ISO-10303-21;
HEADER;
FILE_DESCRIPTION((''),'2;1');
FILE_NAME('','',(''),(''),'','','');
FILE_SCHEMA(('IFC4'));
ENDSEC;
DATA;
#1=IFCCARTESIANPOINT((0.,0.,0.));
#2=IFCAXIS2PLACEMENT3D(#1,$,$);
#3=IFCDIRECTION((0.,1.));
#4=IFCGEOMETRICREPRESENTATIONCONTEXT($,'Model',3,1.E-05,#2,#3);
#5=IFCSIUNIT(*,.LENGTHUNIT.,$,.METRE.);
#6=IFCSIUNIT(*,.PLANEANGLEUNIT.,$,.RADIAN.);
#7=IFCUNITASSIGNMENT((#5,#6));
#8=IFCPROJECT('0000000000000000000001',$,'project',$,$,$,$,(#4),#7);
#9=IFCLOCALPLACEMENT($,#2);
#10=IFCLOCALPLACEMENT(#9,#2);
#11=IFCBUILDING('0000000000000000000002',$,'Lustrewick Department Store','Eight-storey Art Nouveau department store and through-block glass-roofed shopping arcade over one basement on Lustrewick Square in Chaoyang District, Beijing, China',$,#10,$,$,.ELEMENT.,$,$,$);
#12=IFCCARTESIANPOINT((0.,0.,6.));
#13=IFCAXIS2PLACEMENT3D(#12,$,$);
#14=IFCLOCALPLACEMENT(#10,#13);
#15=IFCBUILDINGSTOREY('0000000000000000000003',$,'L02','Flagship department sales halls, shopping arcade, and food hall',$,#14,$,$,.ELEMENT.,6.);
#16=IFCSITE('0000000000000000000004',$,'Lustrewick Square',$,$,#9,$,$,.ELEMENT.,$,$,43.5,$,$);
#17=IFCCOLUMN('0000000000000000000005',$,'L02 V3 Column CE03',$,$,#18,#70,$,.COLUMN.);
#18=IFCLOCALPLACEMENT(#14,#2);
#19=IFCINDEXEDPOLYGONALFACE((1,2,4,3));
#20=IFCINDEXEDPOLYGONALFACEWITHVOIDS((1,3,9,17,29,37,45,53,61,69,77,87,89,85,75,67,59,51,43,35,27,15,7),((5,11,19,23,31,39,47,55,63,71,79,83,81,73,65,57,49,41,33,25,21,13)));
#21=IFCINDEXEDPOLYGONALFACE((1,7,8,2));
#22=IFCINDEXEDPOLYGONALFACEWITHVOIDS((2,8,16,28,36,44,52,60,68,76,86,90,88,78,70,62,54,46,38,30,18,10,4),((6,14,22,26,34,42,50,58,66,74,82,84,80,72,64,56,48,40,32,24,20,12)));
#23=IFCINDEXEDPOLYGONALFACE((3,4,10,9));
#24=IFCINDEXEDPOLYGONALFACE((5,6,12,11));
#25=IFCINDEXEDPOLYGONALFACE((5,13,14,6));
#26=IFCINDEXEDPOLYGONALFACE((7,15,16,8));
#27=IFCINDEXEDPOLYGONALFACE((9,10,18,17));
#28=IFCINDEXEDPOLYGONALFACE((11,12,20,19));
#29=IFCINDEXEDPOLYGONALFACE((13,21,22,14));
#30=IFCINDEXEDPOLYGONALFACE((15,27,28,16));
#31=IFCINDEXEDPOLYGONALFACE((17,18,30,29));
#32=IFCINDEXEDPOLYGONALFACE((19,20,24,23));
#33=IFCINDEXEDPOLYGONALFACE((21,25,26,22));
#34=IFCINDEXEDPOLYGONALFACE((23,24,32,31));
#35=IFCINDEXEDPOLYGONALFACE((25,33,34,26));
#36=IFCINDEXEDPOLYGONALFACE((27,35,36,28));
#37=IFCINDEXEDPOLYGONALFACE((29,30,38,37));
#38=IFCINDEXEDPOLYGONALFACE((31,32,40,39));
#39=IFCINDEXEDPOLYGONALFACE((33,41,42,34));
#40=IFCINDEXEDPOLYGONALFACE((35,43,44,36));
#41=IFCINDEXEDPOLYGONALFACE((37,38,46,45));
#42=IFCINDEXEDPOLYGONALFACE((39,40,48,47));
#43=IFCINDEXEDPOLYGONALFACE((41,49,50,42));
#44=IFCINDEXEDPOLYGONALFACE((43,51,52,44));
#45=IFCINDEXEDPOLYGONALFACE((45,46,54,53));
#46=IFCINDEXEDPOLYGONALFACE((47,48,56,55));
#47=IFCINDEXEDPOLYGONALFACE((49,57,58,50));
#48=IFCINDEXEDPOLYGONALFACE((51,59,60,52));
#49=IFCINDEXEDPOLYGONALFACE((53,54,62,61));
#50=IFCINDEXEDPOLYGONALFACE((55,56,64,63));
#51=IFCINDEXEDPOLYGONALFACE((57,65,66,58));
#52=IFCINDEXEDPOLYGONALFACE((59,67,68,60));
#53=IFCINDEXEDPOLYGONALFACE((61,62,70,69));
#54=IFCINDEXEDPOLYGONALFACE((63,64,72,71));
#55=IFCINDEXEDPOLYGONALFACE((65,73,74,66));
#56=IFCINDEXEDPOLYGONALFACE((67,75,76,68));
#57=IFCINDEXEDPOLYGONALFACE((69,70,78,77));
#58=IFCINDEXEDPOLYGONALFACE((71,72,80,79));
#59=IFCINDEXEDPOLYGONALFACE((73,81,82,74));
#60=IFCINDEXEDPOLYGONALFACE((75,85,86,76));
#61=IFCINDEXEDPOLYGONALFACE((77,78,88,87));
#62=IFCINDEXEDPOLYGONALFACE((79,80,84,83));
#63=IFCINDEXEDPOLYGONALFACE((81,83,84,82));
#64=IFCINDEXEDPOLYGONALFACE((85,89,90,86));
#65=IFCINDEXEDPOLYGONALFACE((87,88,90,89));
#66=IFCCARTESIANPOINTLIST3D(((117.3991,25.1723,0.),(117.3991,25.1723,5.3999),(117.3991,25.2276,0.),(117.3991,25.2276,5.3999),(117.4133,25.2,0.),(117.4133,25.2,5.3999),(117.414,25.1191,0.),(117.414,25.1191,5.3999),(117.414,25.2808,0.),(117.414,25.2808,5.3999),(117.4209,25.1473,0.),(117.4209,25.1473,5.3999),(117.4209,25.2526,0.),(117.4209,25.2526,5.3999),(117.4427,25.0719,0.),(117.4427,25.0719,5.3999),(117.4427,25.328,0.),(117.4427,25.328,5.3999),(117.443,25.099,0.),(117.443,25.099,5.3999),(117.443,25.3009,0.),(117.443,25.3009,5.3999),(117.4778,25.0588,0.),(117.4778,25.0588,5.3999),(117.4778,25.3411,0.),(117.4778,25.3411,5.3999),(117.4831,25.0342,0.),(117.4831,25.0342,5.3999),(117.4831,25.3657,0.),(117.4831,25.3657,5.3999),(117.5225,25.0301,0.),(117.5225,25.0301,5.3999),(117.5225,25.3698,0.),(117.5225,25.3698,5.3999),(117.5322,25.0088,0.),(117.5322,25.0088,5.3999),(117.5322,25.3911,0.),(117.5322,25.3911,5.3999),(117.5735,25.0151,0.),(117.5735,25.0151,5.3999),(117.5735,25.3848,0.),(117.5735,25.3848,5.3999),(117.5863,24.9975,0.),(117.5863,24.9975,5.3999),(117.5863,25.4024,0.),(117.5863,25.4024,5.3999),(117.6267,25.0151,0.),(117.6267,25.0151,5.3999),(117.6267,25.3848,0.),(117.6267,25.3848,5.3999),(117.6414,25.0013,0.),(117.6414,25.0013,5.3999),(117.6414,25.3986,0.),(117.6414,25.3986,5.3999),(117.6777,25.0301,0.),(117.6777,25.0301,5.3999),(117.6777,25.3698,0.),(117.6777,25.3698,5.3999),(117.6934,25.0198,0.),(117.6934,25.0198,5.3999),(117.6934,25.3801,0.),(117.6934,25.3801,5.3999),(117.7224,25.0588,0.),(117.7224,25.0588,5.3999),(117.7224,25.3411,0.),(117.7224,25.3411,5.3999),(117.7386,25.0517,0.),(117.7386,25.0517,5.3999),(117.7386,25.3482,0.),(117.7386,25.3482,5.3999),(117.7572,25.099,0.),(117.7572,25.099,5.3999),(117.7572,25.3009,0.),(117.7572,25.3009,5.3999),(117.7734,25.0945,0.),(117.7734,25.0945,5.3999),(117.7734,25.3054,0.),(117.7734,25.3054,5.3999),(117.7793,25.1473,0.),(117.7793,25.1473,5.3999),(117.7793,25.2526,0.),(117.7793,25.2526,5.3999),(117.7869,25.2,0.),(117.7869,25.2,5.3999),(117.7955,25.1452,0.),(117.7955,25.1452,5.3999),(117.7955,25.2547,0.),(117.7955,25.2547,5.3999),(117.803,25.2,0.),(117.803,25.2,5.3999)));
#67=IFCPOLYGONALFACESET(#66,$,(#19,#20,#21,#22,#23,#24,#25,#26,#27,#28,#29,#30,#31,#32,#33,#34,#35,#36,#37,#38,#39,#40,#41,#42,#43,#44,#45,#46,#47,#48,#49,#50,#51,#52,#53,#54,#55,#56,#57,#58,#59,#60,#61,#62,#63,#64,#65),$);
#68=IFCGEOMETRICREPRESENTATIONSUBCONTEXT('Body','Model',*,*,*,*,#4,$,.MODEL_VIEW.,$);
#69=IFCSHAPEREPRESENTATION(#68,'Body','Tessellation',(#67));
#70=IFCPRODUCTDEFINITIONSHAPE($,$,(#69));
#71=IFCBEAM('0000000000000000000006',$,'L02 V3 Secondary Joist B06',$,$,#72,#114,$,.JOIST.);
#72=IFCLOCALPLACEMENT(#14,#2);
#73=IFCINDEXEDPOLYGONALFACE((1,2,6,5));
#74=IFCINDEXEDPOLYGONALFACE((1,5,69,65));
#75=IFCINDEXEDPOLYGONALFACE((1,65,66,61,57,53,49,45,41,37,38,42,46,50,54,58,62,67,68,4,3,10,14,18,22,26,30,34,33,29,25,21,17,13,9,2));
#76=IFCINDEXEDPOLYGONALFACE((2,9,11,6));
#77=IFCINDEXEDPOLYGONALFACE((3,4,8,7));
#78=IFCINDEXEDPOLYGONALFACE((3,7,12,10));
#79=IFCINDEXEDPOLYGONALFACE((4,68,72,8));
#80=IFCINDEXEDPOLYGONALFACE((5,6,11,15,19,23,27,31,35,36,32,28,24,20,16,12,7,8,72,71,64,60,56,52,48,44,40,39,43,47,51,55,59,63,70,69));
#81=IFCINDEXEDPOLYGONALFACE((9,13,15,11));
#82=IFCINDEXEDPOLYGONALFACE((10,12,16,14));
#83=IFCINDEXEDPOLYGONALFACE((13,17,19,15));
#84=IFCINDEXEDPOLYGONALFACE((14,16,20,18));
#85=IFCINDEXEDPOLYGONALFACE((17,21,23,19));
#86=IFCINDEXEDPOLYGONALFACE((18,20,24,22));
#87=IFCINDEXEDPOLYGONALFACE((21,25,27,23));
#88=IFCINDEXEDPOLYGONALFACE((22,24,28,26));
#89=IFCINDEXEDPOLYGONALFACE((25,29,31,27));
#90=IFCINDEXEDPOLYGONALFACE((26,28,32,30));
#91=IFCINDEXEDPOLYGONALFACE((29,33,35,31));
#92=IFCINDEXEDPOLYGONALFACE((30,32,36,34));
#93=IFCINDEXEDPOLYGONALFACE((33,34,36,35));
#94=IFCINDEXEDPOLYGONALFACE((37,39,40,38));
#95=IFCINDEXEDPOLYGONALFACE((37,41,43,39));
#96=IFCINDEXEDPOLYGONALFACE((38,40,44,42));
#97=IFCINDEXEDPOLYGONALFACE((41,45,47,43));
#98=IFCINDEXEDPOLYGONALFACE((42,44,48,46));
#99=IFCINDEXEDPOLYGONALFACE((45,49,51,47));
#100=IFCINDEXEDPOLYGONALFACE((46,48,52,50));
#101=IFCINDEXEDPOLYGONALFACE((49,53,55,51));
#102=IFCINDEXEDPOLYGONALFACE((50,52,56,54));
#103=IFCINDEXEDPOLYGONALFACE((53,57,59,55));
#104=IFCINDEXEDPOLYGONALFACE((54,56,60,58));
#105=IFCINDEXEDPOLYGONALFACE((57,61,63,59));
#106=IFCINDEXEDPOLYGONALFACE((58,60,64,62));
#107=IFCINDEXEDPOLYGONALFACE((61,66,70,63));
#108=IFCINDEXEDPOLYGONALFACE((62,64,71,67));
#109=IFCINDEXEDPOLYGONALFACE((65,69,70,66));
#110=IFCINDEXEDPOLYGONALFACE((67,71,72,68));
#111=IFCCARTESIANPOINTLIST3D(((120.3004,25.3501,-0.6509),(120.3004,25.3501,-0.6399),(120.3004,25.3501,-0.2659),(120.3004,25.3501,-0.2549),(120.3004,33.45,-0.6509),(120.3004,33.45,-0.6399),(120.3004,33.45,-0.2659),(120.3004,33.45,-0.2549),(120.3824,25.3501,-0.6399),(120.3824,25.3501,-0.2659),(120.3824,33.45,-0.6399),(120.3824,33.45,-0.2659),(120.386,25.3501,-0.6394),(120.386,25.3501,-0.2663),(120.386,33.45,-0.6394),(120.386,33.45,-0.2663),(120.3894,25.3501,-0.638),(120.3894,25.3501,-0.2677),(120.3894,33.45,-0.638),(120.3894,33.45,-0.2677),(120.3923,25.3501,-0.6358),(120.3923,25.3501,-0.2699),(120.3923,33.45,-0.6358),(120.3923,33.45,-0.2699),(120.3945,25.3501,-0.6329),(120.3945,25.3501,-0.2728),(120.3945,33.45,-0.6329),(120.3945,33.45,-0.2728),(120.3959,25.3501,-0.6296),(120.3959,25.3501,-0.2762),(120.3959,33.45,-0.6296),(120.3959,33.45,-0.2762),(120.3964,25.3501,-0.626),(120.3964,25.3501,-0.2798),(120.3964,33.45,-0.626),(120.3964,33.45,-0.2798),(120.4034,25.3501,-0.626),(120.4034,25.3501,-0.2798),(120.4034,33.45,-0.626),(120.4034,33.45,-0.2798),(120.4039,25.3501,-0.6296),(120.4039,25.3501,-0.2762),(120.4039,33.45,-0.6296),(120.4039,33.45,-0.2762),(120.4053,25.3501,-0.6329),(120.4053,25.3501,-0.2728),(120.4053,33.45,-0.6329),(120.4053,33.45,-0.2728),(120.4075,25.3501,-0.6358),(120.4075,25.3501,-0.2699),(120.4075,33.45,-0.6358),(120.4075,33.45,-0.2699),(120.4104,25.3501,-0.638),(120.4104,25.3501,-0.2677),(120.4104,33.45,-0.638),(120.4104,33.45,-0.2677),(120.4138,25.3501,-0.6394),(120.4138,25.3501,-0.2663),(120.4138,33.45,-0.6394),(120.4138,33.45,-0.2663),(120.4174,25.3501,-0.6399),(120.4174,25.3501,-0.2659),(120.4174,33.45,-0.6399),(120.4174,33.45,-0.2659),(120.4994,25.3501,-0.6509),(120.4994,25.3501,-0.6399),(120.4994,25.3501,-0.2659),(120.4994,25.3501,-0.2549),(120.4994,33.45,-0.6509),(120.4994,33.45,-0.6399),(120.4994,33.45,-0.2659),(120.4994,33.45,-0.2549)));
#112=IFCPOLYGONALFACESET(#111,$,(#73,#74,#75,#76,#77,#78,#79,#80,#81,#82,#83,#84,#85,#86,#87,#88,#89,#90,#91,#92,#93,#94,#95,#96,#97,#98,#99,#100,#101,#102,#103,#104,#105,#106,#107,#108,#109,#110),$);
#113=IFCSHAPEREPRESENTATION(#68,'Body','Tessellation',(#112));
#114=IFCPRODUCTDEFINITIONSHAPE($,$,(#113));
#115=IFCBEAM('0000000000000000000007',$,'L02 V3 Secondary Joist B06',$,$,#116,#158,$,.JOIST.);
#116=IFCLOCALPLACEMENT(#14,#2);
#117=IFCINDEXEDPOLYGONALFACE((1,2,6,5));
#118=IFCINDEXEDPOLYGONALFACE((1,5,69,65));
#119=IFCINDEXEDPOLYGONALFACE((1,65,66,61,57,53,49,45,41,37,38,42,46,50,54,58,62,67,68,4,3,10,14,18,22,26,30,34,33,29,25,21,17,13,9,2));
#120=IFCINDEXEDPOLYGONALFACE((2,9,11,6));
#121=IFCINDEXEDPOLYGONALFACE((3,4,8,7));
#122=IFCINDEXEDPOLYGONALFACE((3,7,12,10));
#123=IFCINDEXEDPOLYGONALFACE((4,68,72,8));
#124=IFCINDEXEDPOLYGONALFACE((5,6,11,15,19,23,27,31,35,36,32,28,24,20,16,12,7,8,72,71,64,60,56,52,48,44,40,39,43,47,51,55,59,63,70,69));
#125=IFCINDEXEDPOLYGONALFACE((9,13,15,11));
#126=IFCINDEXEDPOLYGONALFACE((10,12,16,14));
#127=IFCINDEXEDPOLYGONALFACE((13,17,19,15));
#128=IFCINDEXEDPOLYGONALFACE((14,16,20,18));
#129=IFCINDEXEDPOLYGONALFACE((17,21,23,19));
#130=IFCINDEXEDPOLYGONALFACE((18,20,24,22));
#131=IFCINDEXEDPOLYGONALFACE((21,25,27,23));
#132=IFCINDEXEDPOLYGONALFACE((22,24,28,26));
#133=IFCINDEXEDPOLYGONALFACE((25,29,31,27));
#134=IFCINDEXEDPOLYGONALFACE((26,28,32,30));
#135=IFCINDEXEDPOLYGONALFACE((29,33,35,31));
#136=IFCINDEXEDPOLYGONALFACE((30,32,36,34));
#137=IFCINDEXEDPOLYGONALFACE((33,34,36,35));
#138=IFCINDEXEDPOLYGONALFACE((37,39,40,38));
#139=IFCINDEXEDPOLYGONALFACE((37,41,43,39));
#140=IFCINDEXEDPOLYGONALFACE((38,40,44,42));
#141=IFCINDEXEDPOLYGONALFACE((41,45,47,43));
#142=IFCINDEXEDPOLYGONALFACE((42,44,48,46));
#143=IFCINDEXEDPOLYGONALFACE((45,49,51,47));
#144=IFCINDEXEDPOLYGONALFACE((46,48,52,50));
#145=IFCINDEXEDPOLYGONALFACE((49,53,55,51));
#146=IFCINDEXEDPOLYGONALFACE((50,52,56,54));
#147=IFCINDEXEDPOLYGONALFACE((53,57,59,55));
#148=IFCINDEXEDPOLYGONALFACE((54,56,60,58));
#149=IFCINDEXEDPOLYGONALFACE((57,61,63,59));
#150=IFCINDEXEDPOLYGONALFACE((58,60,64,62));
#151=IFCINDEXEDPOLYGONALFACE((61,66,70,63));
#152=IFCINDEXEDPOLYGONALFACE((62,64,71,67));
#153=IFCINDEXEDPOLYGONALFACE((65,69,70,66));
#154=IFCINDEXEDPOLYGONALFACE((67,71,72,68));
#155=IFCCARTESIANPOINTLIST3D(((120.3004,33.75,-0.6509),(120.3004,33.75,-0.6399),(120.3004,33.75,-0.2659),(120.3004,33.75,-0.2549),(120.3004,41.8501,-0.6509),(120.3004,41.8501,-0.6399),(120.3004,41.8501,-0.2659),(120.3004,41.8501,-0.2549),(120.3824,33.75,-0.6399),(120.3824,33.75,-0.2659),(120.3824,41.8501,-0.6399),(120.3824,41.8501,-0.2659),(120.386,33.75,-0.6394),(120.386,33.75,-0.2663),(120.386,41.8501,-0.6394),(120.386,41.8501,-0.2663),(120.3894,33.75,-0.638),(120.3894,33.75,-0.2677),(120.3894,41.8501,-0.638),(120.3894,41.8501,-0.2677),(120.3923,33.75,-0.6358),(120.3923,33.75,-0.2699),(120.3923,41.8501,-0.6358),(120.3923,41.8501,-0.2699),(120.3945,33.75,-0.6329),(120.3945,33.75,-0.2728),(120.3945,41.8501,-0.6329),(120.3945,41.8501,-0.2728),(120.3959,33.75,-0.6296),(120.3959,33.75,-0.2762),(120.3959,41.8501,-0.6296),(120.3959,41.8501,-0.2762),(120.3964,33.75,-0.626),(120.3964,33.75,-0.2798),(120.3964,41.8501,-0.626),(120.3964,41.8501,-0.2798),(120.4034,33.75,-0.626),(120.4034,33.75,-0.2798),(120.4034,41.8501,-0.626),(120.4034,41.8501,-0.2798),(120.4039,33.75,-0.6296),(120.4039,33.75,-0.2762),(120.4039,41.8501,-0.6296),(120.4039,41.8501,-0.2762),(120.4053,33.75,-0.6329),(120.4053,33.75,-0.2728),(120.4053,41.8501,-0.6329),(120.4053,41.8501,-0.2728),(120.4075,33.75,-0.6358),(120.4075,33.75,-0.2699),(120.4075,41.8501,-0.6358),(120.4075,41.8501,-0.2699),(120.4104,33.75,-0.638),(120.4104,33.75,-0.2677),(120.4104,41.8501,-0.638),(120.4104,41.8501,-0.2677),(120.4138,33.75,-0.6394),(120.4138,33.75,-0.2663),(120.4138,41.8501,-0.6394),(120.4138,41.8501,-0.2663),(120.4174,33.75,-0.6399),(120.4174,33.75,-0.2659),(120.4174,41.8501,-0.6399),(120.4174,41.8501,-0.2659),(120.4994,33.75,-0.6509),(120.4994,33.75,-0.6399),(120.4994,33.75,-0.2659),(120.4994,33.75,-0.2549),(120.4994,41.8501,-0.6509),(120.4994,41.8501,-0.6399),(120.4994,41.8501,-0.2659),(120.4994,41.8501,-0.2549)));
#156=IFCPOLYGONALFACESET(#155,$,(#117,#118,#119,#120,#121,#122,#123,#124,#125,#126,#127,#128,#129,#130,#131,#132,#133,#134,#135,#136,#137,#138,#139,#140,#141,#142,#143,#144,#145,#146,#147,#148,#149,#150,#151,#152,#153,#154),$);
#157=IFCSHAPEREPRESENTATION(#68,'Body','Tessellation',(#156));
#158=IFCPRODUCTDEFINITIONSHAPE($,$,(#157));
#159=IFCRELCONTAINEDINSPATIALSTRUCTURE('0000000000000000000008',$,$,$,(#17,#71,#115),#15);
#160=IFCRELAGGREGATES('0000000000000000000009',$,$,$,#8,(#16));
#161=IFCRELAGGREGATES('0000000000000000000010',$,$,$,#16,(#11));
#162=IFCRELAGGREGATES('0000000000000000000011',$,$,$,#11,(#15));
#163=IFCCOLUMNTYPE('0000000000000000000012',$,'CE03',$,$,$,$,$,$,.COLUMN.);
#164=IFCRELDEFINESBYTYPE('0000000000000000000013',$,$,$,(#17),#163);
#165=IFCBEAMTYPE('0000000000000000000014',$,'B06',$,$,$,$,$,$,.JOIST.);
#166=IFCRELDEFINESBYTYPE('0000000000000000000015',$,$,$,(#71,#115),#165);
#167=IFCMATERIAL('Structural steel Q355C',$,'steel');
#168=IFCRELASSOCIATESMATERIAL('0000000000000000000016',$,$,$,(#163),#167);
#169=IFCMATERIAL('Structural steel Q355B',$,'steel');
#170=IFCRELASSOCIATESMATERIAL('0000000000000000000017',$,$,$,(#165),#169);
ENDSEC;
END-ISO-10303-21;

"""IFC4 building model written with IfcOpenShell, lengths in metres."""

from ifc_helpers import new_model, si_unit, direction, frame, origin, origin_2d, place, context, subcontext, project, spatial, hollow_circle, i_section, extrude, material, material_profile, profile_set, type_object, element, save


model = new_model("IFC4")

# Units and contexts
model_context = context("Model", 3, precision=1e-05, world=origin(), true_north=direction((0.0, 1.0)))
body_context = subcontext(model_context, "Body", "Model", "MODEL_VIEW")
ifc_project = project(units=[si_unit("LENGTHUNIT", "METRE"), si_unit("PLANEANGLEUNIT", "RADIAN")], contexts=[model_context])

# Site, building, storey
site_placement = place(None, origin())
site = spatial("IfcSite", under=ifc_project, at=site_placement, Name="Lustrewick Square", CompositionType="ELEMENT", RefElevation=43.5)
building_placement = place(site_placement, origin())
building = spatial("IfcBuilding", under=site, at=building_placement, Name="Lustrewick Department Store", Description="Eight-storey Art Nouveau department store and through-block glass-roofed shopping arcade over one basement on Lustrewick Square in Chaoyang District, Beijing, China", CompositionType="ELEMENT")
storey_placement = place(building_placement, frame((0.0, 0.0, 6.0)))
storey = spatial("IfcBuildingStorey", under=building, at=storey_placement, Name="L02", Description="Flagship department sales halls, shopping arcade, and food hall", CompositionType="ELEMENT", Elevation=6.0)

# Column
ifc_material_1 = material(Name="Structural steel Q355C", Category="steel")
ifc_material_2 = material(Name="Structural steel Q355B", Category="steel")
ifc_material_profile_1 = material_profile(ifc_material_1, hollow_circle(Radius=0.2029, WallThickness=0.0161, at=origin_2d()), Name="CHS 406x16")
ifc_profile_set_1 = profile_set([ifc_material_profile_1], Name="Structural steel Q355C")
column_type_1 = type_object("IfcColumnType", Name="CE03", PredefinedType="COLUMN", material=ifc_profile_set_1)
column_1_placement = place(storey_placement, frame((117.6001, 25.2, 0.0), z_axis=(0.0, 0.0, 1.0), x_axis=(1.0, 0.0, 0.0)))
element("IfcColumn", 1, at=column_1_placement, inside=storey, type_object=column_type_1, Name="L02 V3 Column CE03", PredefinedType="COLUMN", context=body_context, shape_type="SweptSolid", body=[
    extrude(hollow_circle(Radius=0.2029, WallThickness=0.0161, at=origin_2d()), origin(), (0.0, 0.0, 1.0), 5.3999),
])

# Beams
ifc_material_profile_2 = material_profile(ifc_material_2, i_section(OverallWidth=0.199, OverallDepth=0.396, WebThickness=0.0071, FlangeThickness=0.011, FilletRadius=0.0139, at=origin_2d()), Name="HN 396x199x7x11")
ifc_profile_set_2 = profile_set([ifc_material_profile_2], Name="Structural steel Q355B")
beam_type_1 = type_object("IfcBeamType", Name="B06", PredefinedType="JOIST", material=ifc_profile_set_2)
beam_1_placement = place(storey_placement, frame((120.3999, 25.3501, -0.4529), z_axis=(0.0, 1.0, 0.0), x_axis=(-1.0, 0.0, 0.0)))
element("IfcBeam", 2, at=beam_1_placement, inside=storey, type_object=beam_type_1, Name="L02 V3 Secondary Joist B06", PredefinedType="JOIST", context=body_context, shape_type="SweptSolid", body=[
    extrude(i_section(OverallWidth=0.199, OverallDepth=0.396, WebThickness=0.0071, FlangeThickness=0.011, FilletRadius=0.0139, at=origin_2d()), origin(), (0.0, 0.0, 1.0), 8.0999),
])
beam_2_placement = place(storey_placement, frame((120.3999, 33.75, -0.4529), z_axis=(0.0, 1.0, 0.0), x_axis=(-1.0, 0.0, 0.0)))
element("IfcBeam", 3, at=beam_2_placement, inside=storey, type_object=beam_type_1, Name="L02 V3 Secondary Joist B06", PredefinedType="JOIST", context=body_context, shape_type="SweptSolid", body=[
    extrude(i_section(OverallWidth=0.199, OverallDepth=0.396, WebThickness=0.0071, FlangeThickness=0.011, FilletRadius=0.0139, at=origin_2d()), origin(), (0.0, 0.0, 1.0), 8.1001),
])

save(model, "model.ifc")
